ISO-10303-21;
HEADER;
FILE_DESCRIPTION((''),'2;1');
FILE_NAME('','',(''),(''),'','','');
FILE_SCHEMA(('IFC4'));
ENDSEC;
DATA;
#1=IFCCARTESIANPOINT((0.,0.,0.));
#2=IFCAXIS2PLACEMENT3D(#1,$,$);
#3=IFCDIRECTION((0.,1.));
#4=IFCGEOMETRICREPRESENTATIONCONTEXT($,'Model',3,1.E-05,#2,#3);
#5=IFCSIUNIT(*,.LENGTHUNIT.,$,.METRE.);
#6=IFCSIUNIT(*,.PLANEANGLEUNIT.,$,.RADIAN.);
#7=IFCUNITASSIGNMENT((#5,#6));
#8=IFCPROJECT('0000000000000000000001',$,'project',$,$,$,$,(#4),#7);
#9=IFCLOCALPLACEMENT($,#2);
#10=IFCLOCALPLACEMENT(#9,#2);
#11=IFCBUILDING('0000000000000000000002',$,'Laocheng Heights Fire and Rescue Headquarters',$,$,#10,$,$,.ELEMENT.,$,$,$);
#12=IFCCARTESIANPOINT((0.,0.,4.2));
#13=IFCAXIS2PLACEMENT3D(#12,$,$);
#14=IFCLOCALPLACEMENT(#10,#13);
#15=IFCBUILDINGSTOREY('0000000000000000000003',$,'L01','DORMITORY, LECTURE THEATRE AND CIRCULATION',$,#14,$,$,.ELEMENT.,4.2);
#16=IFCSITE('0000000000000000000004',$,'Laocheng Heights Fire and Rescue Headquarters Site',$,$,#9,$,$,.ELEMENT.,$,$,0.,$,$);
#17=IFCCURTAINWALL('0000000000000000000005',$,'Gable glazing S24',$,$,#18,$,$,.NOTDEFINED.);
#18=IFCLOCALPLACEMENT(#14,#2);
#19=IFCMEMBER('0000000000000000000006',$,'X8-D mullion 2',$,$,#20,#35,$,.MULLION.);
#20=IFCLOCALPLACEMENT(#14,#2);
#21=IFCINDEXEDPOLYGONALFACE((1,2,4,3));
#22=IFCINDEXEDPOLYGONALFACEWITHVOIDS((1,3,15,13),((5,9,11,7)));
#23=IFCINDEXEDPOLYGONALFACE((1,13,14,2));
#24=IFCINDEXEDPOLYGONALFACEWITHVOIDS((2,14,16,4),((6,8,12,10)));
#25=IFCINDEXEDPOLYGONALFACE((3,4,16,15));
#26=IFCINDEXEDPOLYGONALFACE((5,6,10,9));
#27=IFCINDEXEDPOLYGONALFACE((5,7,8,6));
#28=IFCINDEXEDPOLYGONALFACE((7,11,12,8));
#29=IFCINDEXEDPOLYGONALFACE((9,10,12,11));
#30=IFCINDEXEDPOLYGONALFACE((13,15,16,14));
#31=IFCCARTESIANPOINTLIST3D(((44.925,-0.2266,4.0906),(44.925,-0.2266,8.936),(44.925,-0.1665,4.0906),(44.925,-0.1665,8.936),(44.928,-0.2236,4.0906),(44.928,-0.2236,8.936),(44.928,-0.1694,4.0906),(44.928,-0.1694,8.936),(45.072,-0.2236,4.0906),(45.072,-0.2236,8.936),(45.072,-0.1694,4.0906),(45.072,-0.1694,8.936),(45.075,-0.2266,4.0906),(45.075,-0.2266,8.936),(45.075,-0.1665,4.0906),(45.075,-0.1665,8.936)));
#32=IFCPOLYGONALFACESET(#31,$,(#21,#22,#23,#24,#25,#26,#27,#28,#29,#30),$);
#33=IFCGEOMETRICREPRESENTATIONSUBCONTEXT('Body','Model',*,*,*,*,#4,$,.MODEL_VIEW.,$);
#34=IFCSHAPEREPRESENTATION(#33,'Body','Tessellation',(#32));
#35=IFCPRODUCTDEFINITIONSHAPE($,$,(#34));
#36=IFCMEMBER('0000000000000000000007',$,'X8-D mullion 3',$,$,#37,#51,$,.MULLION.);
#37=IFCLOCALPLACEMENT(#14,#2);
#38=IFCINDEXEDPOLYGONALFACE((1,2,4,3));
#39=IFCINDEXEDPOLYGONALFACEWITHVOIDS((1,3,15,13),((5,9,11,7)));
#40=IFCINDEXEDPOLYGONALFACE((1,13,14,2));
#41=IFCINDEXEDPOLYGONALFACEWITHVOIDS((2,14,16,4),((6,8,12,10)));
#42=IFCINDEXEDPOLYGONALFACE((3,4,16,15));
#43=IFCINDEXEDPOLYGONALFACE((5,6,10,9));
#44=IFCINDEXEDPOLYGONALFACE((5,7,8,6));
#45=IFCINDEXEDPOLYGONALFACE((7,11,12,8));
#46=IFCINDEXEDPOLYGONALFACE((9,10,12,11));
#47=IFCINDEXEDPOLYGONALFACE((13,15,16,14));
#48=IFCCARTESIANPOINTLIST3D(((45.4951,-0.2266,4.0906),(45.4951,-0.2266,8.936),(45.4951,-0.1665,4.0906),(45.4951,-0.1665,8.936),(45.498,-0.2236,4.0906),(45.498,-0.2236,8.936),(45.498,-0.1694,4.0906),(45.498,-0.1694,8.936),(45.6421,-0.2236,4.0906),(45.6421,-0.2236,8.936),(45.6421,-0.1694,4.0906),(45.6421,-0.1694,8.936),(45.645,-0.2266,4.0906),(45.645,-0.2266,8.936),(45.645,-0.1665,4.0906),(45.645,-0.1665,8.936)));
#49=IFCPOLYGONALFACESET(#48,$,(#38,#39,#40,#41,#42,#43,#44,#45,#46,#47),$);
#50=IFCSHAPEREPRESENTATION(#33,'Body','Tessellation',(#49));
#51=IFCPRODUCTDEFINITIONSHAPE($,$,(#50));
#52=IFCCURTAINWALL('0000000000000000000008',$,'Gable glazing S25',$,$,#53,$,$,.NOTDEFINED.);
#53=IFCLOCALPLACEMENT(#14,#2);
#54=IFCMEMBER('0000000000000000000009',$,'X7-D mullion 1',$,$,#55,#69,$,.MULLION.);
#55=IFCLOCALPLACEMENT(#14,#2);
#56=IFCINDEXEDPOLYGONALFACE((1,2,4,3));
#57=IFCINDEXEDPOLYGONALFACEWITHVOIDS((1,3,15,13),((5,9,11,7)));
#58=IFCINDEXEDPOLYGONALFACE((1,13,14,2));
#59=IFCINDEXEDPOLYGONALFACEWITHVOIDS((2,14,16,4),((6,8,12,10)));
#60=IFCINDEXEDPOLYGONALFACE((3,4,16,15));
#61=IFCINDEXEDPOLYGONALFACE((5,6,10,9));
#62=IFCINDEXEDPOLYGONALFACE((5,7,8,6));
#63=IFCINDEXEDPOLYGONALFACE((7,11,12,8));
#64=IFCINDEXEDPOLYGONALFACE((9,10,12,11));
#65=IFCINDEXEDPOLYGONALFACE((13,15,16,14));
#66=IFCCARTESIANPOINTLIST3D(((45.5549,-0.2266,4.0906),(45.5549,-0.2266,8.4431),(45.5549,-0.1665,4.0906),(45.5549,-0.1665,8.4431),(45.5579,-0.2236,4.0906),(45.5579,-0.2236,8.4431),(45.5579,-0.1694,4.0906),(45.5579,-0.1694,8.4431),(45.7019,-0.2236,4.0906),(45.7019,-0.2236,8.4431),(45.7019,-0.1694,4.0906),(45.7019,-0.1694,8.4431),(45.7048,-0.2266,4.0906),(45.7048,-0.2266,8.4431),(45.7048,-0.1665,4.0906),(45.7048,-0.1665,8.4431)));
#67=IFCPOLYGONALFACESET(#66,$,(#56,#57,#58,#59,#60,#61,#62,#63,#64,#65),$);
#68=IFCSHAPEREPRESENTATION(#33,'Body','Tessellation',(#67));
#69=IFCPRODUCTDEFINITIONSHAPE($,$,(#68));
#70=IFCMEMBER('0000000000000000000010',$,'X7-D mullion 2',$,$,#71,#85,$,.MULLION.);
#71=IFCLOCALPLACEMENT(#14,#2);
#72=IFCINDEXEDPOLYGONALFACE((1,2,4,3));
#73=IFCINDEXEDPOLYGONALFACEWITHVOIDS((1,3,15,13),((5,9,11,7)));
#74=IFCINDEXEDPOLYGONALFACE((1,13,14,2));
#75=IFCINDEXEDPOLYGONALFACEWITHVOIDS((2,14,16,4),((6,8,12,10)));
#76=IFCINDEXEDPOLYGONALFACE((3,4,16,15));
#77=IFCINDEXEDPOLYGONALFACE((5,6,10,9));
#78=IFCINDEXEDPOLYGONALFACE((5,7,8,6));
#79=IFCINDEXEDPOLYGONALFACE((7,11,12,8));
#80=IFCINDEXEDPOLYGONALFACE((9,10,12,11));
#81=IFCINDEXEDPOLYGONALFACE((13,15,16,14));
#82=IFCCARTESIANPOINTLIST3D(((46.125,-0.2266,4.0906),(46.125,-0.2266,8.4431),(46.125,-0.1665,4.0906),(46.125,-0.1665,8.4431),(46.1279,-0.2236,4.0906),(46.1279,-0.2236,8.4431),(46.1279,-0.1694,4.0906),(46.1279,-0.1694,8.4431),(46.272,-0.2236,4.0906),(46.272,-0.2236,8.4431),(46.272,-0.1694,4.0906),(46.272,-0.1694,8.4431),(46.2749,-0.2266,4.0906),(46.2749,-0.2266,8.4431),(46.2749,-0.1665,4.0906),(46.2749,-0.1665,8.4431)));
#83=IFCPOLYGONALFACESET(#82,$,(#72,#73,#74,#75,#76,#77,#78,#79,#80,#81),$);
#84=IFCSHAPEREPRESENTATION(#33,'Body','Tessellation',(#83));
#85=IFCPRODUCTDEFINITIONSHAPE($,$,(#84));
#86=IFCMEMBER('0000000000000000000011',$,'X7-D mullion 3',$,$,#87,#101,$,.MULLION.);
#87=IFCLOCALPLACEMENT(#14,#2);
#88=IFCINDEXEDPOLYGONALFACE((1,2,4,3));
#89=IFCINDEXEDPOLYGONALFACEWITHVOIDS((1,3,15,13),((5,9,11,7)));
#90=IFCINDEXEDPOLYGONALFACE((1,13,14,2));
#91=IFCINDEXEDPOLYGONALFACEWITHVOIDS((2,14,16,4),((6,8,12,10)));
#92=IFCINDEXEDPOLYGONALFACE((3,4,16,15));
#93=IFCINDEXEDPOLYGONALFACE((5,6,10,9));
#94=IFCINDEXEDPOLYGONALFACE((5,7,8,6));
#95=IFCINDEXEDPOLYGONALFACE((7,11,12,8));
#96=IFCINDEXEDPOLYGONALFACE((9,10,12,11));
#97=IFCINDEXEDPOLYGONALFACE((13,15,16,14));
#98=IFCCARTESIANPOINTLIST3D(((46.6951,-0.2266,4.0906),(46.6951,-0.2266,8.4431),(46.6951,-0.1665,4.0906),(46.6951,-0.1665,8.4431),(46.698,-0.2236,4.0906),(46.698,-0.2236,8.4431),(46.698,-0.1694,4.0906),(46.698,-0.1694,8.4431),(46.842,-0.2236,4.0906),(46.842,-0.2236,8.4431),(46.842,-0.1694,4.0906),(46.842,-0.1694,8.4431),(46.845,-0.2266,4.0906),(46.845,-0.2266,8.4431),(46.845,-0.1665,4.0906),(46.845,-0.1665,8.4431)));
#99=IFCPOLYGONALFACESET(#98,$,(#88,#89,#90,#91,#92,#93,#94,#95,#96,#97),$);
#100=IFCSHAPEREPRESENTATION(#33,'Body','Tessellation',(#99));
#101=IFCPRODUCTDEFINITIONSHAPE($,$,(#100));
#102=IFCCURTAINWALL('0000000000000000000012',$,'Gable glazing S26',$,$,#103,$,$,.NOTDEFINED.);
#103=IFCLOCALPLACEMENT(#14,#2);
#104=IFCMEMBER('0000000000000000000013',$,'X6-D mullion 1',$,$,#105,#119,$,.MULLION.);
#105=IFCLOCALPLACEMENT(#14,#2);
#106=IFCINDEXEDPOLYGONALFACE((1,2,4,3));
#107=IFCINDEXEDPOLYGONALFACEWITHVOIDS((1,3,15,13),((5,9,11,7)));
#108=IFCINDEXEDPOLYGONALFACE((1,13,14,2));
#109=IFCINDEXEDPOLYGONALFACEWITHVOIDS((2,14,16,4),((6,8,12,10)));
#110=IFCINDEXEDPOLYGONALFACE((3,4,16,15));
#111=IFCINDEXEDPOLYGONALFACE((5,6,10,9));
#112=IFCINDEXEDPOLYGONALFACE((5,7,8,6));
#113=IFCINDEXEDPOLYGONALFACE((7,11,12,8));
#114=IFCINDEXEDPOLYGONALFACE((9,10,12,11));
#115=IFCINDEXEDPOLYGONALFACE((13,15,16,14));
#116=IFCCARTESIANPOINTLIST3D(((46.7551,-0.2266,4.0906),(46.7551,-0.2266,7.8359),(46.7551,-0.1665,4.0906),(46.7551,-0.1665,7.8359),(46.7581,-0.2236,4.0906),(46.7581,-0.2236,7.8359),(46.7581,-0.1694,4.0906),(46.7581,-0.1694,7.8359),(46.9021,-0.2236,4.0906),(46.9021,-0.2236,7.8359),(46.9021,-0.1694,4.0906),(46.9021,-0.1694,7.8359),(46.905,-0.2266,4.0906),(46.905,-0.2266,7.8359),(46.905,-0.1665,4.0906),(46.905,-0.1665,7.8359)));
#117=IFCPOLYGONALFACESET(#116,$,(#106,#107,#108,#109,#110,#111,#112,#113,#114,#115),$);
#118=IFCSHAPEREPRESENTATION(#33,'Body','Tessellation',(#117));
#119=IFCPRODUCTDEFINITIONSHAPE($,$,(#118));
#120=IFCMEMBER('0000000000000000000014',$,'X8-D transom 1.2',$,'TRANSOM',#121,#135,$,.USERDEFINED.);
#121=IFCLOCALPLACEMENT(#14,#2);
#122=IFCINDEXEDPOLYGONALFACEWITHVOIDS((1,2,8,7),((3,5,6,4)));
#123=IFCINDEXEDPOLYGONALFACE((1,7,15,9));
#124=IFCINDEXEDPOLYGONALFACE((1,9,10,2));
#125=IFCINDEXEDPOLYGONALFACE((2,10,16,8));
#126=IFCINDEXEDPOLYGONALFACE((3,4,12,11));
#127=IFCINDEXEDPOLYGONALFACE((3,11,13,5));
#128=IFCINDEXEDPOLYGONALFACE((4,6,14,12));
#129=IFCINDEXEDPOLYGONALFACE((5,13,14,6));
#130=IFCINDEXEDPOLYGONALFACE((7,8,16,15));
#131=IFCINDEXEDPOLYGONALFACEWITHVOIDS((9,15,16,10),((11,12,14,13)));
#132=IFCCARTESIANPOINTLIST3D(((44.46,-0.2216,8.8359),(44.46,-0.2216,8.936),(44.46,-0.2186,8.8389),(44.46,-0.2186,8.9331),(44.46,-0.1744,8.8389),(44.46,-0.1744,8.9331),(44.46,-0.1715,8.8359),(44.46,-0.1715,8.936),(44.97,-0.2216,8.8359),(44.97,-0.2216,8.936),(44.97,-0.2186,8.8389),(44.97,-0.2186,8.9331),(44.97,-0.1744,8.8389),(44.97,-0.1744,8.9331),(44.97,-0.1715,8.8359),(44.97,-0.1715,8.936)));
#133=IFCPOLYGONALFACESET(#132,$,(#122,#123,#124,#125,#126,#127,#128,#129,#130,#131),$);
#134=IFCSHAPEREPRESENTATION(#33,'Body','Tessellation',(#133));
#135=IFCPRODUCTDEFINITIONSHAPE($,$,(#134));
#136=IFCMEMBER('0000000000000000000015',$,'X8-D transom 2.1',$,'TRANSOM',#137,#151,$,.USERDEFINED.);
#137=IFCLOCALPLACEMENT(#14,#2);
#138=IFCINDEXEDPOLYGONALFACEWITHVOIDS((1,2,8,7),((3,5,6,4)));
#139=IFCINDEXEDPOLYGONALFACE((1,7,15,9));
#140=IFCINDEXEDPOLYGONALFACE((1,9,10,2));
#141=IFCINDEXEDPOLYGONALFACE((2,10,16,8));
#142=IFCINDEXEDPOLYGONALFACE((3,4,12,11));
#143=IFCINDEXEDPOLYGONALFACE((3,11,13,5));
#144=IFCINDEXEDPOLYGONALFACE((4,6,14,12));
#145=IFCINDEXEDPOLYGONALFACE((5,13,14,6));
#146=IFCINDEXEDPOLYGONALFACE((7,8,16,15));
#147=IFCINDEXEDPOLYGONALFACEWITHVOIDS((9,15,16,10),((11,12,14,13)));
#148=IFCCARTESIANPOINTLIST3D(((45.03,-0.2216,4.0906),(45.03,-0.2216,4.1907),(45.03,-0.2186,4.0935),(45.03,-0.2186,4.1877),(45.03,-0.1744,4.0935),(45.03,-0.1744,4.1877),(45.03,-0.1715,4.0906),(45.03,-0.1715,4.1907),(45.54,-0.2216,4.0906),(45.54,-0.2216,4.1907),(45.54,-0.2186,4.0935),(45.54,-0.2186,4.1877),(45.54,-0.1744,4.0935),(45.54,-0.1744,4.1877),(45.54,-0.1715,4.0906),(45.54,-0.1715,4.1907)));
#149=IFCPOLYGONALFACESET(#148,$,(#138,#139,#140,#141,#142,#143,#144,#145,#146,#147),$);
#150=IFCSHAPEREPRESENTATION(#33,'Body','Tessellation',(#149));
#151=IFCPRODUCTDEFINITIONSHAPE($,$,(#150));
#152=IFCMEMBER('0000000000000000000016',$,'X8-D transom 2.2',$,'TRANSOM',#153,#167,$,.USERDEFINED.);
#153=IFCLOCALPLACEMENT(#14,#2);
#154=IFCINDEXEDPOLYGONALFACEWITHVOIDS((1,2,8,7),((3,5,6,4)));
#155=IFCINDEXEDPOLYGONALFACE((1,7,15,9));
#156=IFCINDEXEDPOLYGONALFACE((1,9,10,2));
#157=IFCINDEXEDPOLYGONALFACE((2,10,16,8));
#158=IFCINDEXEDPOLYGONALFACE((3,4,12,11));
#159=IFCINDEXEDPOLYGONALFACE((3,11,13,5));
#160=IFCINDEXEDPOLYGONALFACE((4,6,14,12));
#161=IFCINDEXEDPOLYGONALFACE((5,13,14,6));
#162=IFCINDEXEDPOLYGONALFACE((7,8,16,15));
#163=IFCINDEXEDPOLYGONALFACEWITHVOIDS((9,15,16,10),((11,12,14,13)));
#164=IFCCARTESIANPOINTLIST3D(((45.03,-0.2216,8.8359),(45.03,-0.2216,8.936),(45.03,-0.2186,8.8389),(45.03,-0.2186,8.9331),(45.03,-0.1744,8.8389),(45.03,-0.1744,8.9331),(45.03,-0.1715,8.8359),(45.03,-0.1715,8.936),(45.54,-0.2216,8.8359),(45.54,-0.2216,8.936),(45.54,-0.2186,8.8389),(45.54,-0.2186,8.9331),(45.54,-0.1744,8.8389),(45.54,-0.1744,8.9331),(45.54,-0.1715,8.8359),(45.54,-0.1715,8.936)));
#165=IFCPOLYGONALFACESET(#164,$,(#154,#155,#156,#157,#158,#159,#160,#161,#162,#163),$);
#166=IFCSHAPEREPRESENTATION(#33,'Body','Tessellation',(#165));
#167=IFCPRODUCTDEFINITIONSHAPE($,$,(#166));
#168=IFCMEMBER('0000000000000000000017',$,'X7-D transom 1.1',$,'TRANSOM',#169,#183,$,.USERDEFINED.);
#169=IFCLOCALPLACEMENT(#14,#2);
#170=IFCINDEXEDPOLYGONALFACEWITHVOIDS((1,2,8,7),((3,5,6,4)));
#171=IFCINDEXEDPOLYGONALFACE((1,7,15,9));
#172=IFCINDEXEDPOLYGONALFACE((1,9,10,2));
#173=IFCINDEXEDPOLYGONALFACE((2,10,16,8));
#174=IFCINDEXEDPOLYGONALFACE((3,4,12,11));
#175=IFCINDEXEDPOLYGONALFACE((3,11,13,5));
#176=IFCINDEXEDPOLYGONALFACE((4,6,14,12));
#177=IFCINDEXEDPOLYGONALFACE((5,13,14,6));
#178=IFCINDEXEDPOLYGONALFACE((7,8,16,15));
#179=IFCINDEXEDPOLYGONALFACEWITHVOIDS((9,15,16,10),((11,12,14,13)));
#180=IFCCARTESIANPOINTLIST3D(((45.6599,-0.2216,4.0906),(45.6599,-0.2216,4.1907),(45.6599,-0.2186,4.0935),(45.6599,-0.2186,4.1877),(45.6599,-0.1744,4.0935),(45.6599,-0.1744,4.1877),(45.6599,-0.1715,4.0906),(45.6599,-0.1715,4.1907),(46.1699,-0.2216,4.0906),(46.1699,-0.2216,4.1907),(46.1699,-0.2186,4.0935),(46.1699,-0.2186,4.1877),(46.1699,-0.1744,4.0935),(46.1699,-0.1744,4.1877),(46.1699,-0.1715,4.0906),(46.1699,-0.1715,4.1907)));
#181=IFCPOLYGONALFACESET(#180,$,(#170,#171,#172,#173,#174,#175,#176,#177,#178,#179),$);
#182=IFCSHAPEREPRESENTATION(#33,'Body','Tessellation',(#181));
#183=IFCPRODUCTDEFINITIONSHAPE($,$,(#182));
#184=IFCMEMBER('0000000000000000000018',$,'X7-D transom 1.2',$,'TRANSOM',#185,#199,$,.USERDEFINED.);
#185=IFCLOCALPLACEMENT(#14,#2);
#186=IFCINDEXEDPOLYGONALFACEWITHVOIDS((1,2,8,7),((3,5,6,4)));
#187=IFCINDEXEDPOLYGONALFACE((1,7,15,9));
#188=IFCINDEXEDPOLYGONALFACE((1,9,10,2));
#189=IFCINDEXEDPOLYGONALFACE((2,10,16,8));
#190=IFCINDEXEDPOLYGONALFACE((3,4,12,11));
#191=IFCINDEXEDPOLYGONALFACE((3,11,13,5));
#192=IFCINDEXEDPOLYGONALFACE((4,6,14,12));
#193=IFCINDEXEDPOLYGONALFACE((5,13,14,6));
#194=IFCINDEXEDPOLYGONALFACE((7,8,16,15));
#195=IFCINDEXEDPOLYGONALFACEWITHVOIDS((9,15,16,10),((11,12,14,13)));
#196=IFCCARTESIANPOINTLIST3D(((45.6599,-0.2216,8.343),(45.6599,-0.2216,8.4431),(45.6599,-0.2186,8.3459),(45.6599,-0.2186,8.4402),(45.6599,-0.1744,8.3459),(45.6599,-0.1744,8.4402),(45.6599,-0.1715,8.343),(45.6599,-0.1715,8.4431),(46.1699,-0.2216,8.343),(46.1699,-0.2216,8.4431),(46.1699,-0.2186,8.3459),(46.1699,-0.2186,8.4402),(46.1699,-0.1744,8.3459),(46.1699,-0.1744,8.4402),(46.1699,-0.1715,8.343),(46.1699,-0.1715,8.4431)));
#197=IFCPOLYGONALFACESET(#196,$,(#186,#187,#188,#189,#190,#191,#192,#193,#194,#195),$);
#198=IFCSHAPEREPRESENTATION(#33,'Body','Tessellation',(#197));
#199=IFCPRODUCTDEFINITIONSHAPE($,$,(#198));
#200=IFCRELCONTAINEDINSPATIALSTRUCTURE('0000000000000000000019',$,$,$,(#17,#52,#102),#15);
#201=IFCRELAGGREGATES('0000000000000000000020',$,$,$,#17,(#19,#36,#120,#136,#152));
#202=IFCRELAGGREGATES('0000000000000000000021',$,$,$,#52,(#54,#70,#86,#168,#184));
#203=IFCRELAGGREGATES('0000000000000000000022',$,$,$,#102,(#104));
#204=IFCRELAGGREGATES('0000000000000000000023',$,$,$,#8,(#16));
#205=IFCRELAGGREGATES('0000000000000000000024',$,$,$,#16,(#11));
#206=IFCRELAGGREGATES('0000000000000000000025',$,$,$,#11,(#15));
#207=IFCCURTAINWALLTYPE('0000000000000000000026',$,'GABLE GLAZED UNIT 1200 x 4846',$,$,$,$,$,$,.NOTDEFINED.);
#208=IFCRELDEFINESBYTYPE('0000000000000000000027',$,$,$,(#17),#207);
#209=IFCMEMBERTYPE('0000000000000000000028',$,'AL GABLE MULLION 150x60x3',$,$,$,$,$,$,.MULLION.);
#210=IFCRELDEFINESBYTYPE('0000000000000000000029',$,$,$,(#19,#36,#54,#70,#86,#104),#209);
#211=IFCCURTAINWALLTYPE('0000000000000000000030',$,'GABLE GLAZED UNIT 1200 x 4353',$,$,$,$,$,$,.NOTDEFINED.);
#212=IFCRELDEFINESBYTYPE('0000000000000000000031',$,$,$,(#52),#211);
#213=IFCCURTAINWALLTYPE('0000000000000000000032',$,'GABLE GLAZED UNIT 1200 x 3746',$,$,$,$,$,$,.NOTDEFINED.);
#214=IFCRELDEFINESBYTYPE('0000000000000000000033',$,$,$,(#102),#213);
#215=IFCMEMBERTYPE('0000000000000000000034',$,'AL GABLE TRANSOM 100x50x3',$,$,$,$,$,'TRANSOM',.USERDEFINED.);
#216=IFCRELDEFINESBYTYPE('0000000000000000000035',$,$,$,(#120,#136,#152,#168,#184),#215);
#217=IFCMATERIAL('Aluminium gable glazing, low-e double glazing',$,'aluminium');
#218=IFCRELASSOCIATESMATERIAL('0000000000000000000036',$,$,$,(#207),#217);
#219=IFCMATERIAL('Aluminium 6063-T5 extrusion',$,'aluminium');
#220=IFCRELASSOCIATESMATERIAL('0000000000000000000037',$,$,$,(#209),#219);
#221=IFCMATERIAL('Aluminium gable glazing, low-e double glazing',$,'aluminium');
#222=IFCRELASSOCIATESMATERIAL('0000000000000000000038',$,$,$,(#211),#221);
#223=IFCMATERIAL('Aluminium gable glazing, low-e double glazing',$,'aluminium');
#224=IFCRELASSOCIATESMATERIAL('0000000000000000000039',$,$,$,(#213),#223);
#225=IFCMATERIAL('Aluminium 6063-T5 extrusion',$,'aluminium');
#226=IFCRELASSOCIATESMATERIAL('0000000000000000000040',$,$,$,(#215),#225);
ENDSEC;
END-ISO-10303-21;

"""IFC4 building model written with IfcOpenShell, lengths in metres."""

from ifc_helpers import new_model, si_unit, direction, frame, origin, origin_2d, place, context, subcontext, project, spatial, hollow_rectangle, extrude, material, material_profile, profile_set, type_object, element, aggregate, save


model = new_model("IFC4")

# Units and contexts
model_context = context("Model", 3, precision=1e-05, world=origin(), true_north=direction((0.0, 1.0)))
body_context = subcontext(model_context, "Body", "Model", "MODEL_VIEW")
ifc_project = project(units=[si_unit("LENGTHUNIT", "METRE"), si_unit("PLANEANGLEUNIT", "RADIAN")], contexts=[model_context])

# Site, building, storey
site_placement = place(None, origin())
site = spatial("IfcSite", under=ifc_project, at=site_placement, Name="Laocheng Heights Fire and Rescue Headquarters Site", CompositionType="ELEMENT", RefElevation=0.0)
building_placement = place(site_placement, origin())
building = spatial("IfcBuilding", under=site, at=building_placement, Name="Laocheng Heights Fire and Rescue Headquarters", CompositionType="ELEMENT")
storey_placement = place(building_placement, frame((0.0, 0.0, 4.2)))
storey = spatial("IfcBuildingStorey", under=building, at=storey_placement, Name="L01", Description="DORMITORY, LECTURE THEATRE AND CIRCULATION", CompositionType="ELEMENT", Elevation=4.2)

# Curtain walls, members
ifc_material_1 = material(Name="Aluminium gable glazing, low-e double glazing", Category="aluminium")
curtain_wall_type_1 = type_object("IfcCurtainWallType", Name="GABLE GLAZED UNIT 1200 x 4846", PredefinedType="NOTDEFINED", material=ifc_material_1)
curtain_wall_1_placement = place(storey_placement, origin())
curtain_wall_1 = element("IfcCurtainWall", 1, at=curtain_wall_1_placement, inside=storey, type_object=curtain_wall_type_1, Name="Gable glazing S24", PredefinedType="NOTDEFINED")
ifc_material_2 = material(Name="Aluminium 6063-T5 extrusion", Category="aluminium")
ifc_material_profile_1 = material_profile(ifc_material_2, hollow_rectangle(XDim=0.0601, YDim=0.1499, WallThickness=0.0029, at=origin_2d()), Name="AL MULLION 150x60x3")
ifc_profile_set_1 = profile_set([ifc_material_profile_1], Name="Aluminium 6063-T5 extrusion")
member_type_1 = type_object("IfcMemberType", Name="AL GABLE MULLION 150x60x3", PredefinedType="MULLION", material=ifc_profile_set_1)
member_1_placement = place(storey_placement, frame((45.0, -0.1965, 4.0906), z_axis=(0.0, 0.0, 1.0), x_axis=(0.0, 1.0, 0.0)))
member_1 = element("IfcMember", 2, at=member_1_placement, type_object=member_type_1, Name="X8-D mullion 2", PredefinedType="MULLION", context=body_context, shape_type="SweptSolid", body=[
    extrude(hollow_rectangle(XDim=0.0601, YDim=0.1499, WallThickness=0.0029, at=origin_2d()), origin(), (0.0, 0.0, 1.0), 4.8455),
])
member_2_placement = place(storey_placement, frame((45.5701, -0.1965, 4.0906), z_axis=(0.0, 0.0, 1.0), x_axis=(0.0, 1.0, 0.0)))
member_2 = element("IfcMember", 3, at=member_2_placement, type_object=member_type_1, Name="X8-D mullion 3", PredefinedType="MULLION", context=body_context, shape_type="SweptSolid", body=[
    extrude(hollow_rectangle(XDim=0.0601, YDim=0.1499, WallThickness=0.0029, at=origin_2d()), origin(), (0.0, 0.0, 1.0), 4.8455),
])
ifc_material_3 = material(Name="Aluminium gable glazing, low-e double glazing", Category="aluminium")
curtain_wall_type_2 = type_object("IfcCurtainWallType", Name="GABLE GLAZED UNIT 1200 x 4353", PredefinedType="NOTDEFINED", material=ifc_material_3)
curtain_wall_2_placement = place(storey_placement, origin())
curtain_wall_2 = element("IfcCurtainWall", 4, at=curtain_wall_2_placement, inside=storey, type_object=curtain_wall_type_2, Name="Gable glazing S25", PredefinedType="NOTDEFINED")
member_3_placement = place(storey_placement, frame((45.6299, -0.1965, 4.0906), z_axis=(0.0, 0.0, 1.0), x_axis=(0.0, 1.0, 0.0)))
member_3 = element("IfcMember", 5, at=member_3_placement, type_object=member_type_1, Name="X7-D mullion 1", PredefinedType="MULLION", context=body_context, shape_type="SweptSolid", body=[
    extrude(hollow_rectangle(XDim=0.0601, YDim=0.1499, WallThickness=0.0029, at=origin_2d()), origin(), (0.0, 0.0, 1.0), 4.3525),
])
member_4_placement = place(storey_placement, frame((46.2, -0.1965, 4.0906), z_axis=(0.0, 0.0, 1.0), x_axis=(0.0, 1.0, 0.0)))
member_4 = element("IfcMember", 6, at=member_4_placement, type_object=member_type_1, Name="X7-D mullion 2", PredefinedType="MULLION", context=body_context, shape_type="SweptSolid", body=[
    extrude(hollow_rectangle(XDim=0.0601, YDim=0.1499, WallThickness=0.0029, at=origin_2d()), origin(), (0.0, 0.0, 1.0), 4.3525),
])
member_5_placement = place(storey_placement, frame((46.77, -0.1965, 4.0906), z_axis=(0.0, 0.0, 1.0), x_axis=(0.0, 1.0, 0.0)))
member_5 = element("IfcMember", 7, at=member_5_placement, type_object=member_type_1, Name="X7-D mullion 3", PredefinedType="MULLION", context=body_context, shape_type="SweptSolid", body=[
    extrude(hollow_rectangle(XDim=0.0601, YDim=0.1499, WallThickness=0.0029, at=origin_2d()), origin(), (0.0, 0.0, 1.0), 4.3525),
])

# Curtain wall, member
ifc_material_4 = material(Name="Aluminium gable glazing, low-e double glazing", Category="aluminium")
curtain_wall_type_3 = type_object("IfcCurtainWallType", Name="GABLE GLAZED UNIT 1200 x 3746", PredefinedType="NOTDEFINED", material=ifc_material_4)
curtain_wall_3_placement = place(storey_placement, origin())
curtain_wall_3 = element("IfcCurtainWall", 8, at=curtain_wall_3_placement, inside=storey, type_object=curtain_wall_type_3, Name="Gable glazing S26", PredefinedType="NOTDEFINED")
member_6_placement = place(storey_placement, frame((46.8301, -0.1965, 4.0906), z_axis=(0.0, 0.0, 1.0), x_axis=(0.0, 1.0, 0.0)))
member_6 = element("IfcMember", 9, at=member_6_placement, type_object=member_type_1, Name="X6-D mullion 1", PredefinedType="MULLION", context=body_context, shape_type="SweptSolid", body=[
    extrude(hollow_rectangle(XDim=0.0601, YDim=0.1499, WallThickness=0.0029, at=origin_2d()), origin(), (0.0, 0.0, 1.0), 3.7454),
])

# Members
ifc_material_5 = material(Name="Aluminium 6063-T5 extrusion", Category="aluminium")
ifc_material_profile_2 = material_profile(ifc_material_5, hollow_rectangle(XDim=0.05, YDim=0.1001, WallThickness=0.0029, at=origin_2d()), Name="AL TRANSOM 100x50x3")
ifc_profile_set_2 = profile_set([ifc_material_profile_2], Name="Aluminium 6063-T5 extrusion")
member_type_2 = type_object("IfcMemberType", Name="AL GABLE TRANSOM 100x50x3", ElementType="TRANSOM", PredefinedType="USERDEFINED", material=ifc_profile_set_2)
member_7_placement = place(storey_placement, frame((44.46, -0.1965, 8.886), z_axis=(1.0, 0.0, 0.0), x_axis=(0.0, 1.0, 0.0)))
member_7 = element("IfcMember", 10, at=member_7_placement, type_object=member_type_2, Name="X8-D transom 1.2", ObjectType="TRANSOM", PredefinedType="USERDEFINED", context=body_context, shape_type="SweptSolid", body=[
    extrude(hollow_rectangle(XDim=0.05, YDim=0.1001, WallThickness=0.0029, at=origin_2d()), origin(), (0.0, 0.0, 1.0), 0.51),
])
member_8_placement = place(storey_placement, frame((45.03, -0.1965, 4.1406), z_axis=(1.0, 0.0, 0.0), x_axis=(0.0, 1.0, 0.0)))
member_8 = element("IfcMember", 11, at=member_8_placement, type_object=member_type_2, Name="X8-D transom 2.1", ObjectType="TRANSOM", PredefinedType="USERDEFINED", context=body_context, shape_type="SweptSolid", body=[
    extrude(hollow_rectangle(XDim=0.05, YDim=0.1001, WallThickness=0.0029, at=origin_2d()), origin(), (0.0, 0.0, 1.0), 0.51),
])
member_9_placement = place(storey_placement, frame((45.03, -0.1965, 8.886), z_axis=(1.0, 0.0, 0.0), x_axis=(0.0, 1.0, 0.0)))
member_9 = element("IfcMember", 12, at=member_9_placement, type_object=member_type_2, Name="X8-D transom 2.2", ObjectType="TRANSOM", PredefinedType="USERDEFINED", context=body_context, shape_type="SweptSolid", body=[
    extrude(hollow_rectangle(XDim=0.05, YDim=0.1001, WallThickness=0.0029, at=origin_2d()), origin(), (0.0, 0.0, 1.0), 0.51),
])
member_10_placement = place(storey_placement, frame((45.6599, -0.1965, 4.1406), z_axis=(1.0, 0.0, 0.0), x_axis=(0.0, 1.0, 0.0)))
member_10 = element("IfcMember", 13, at=member_10_placement, type_object=member_type_2, Name="X7-D transom 1.1", ObjectType="TRANSOM", PredefinedType="USERDEFINED", context=body_context, shape_type="SweptSolid", body=[
    extrude(hollow_rectangle(XDim=0.05, YDim=0.1001, WallThickness=0.0029, at=origin_2d()), origin(), (0.0, 0.0, 1.0), 0.51),
])
member_11_placement = place(storey_placement, frame((45.6599, -0.1965, 8.3931), z_axis=(1.0, 0.0, 0.0), x_axis=(0.0, 1.0, 0.0)))
member_11 = element("IfcMember", 14, at=member_11_placement, type_object=member_type_2, Name="X7-D transom 1.2", ObjectType="TRANSOM", PredefinedType="USERDEFINED", context=body_context, shape_type="SweptSolid", body=[
    extrude(hollow_rectangle(XDim=0.05, YDim=0.1001, WallThickness=0.0029, at=origin_2d()), origin(), (0.0, 0.0, 1.0), 0.51),
])

aggregate(curtain_wall_1, [member_1, member_2, member_7, member_8, member_9])
aggregate(curtain_wall_2, [member_3, member_4, member_5, member_10, member_11])
aggregate(curtain_wall_3, [member_6])

save(model, "model.ifc")
